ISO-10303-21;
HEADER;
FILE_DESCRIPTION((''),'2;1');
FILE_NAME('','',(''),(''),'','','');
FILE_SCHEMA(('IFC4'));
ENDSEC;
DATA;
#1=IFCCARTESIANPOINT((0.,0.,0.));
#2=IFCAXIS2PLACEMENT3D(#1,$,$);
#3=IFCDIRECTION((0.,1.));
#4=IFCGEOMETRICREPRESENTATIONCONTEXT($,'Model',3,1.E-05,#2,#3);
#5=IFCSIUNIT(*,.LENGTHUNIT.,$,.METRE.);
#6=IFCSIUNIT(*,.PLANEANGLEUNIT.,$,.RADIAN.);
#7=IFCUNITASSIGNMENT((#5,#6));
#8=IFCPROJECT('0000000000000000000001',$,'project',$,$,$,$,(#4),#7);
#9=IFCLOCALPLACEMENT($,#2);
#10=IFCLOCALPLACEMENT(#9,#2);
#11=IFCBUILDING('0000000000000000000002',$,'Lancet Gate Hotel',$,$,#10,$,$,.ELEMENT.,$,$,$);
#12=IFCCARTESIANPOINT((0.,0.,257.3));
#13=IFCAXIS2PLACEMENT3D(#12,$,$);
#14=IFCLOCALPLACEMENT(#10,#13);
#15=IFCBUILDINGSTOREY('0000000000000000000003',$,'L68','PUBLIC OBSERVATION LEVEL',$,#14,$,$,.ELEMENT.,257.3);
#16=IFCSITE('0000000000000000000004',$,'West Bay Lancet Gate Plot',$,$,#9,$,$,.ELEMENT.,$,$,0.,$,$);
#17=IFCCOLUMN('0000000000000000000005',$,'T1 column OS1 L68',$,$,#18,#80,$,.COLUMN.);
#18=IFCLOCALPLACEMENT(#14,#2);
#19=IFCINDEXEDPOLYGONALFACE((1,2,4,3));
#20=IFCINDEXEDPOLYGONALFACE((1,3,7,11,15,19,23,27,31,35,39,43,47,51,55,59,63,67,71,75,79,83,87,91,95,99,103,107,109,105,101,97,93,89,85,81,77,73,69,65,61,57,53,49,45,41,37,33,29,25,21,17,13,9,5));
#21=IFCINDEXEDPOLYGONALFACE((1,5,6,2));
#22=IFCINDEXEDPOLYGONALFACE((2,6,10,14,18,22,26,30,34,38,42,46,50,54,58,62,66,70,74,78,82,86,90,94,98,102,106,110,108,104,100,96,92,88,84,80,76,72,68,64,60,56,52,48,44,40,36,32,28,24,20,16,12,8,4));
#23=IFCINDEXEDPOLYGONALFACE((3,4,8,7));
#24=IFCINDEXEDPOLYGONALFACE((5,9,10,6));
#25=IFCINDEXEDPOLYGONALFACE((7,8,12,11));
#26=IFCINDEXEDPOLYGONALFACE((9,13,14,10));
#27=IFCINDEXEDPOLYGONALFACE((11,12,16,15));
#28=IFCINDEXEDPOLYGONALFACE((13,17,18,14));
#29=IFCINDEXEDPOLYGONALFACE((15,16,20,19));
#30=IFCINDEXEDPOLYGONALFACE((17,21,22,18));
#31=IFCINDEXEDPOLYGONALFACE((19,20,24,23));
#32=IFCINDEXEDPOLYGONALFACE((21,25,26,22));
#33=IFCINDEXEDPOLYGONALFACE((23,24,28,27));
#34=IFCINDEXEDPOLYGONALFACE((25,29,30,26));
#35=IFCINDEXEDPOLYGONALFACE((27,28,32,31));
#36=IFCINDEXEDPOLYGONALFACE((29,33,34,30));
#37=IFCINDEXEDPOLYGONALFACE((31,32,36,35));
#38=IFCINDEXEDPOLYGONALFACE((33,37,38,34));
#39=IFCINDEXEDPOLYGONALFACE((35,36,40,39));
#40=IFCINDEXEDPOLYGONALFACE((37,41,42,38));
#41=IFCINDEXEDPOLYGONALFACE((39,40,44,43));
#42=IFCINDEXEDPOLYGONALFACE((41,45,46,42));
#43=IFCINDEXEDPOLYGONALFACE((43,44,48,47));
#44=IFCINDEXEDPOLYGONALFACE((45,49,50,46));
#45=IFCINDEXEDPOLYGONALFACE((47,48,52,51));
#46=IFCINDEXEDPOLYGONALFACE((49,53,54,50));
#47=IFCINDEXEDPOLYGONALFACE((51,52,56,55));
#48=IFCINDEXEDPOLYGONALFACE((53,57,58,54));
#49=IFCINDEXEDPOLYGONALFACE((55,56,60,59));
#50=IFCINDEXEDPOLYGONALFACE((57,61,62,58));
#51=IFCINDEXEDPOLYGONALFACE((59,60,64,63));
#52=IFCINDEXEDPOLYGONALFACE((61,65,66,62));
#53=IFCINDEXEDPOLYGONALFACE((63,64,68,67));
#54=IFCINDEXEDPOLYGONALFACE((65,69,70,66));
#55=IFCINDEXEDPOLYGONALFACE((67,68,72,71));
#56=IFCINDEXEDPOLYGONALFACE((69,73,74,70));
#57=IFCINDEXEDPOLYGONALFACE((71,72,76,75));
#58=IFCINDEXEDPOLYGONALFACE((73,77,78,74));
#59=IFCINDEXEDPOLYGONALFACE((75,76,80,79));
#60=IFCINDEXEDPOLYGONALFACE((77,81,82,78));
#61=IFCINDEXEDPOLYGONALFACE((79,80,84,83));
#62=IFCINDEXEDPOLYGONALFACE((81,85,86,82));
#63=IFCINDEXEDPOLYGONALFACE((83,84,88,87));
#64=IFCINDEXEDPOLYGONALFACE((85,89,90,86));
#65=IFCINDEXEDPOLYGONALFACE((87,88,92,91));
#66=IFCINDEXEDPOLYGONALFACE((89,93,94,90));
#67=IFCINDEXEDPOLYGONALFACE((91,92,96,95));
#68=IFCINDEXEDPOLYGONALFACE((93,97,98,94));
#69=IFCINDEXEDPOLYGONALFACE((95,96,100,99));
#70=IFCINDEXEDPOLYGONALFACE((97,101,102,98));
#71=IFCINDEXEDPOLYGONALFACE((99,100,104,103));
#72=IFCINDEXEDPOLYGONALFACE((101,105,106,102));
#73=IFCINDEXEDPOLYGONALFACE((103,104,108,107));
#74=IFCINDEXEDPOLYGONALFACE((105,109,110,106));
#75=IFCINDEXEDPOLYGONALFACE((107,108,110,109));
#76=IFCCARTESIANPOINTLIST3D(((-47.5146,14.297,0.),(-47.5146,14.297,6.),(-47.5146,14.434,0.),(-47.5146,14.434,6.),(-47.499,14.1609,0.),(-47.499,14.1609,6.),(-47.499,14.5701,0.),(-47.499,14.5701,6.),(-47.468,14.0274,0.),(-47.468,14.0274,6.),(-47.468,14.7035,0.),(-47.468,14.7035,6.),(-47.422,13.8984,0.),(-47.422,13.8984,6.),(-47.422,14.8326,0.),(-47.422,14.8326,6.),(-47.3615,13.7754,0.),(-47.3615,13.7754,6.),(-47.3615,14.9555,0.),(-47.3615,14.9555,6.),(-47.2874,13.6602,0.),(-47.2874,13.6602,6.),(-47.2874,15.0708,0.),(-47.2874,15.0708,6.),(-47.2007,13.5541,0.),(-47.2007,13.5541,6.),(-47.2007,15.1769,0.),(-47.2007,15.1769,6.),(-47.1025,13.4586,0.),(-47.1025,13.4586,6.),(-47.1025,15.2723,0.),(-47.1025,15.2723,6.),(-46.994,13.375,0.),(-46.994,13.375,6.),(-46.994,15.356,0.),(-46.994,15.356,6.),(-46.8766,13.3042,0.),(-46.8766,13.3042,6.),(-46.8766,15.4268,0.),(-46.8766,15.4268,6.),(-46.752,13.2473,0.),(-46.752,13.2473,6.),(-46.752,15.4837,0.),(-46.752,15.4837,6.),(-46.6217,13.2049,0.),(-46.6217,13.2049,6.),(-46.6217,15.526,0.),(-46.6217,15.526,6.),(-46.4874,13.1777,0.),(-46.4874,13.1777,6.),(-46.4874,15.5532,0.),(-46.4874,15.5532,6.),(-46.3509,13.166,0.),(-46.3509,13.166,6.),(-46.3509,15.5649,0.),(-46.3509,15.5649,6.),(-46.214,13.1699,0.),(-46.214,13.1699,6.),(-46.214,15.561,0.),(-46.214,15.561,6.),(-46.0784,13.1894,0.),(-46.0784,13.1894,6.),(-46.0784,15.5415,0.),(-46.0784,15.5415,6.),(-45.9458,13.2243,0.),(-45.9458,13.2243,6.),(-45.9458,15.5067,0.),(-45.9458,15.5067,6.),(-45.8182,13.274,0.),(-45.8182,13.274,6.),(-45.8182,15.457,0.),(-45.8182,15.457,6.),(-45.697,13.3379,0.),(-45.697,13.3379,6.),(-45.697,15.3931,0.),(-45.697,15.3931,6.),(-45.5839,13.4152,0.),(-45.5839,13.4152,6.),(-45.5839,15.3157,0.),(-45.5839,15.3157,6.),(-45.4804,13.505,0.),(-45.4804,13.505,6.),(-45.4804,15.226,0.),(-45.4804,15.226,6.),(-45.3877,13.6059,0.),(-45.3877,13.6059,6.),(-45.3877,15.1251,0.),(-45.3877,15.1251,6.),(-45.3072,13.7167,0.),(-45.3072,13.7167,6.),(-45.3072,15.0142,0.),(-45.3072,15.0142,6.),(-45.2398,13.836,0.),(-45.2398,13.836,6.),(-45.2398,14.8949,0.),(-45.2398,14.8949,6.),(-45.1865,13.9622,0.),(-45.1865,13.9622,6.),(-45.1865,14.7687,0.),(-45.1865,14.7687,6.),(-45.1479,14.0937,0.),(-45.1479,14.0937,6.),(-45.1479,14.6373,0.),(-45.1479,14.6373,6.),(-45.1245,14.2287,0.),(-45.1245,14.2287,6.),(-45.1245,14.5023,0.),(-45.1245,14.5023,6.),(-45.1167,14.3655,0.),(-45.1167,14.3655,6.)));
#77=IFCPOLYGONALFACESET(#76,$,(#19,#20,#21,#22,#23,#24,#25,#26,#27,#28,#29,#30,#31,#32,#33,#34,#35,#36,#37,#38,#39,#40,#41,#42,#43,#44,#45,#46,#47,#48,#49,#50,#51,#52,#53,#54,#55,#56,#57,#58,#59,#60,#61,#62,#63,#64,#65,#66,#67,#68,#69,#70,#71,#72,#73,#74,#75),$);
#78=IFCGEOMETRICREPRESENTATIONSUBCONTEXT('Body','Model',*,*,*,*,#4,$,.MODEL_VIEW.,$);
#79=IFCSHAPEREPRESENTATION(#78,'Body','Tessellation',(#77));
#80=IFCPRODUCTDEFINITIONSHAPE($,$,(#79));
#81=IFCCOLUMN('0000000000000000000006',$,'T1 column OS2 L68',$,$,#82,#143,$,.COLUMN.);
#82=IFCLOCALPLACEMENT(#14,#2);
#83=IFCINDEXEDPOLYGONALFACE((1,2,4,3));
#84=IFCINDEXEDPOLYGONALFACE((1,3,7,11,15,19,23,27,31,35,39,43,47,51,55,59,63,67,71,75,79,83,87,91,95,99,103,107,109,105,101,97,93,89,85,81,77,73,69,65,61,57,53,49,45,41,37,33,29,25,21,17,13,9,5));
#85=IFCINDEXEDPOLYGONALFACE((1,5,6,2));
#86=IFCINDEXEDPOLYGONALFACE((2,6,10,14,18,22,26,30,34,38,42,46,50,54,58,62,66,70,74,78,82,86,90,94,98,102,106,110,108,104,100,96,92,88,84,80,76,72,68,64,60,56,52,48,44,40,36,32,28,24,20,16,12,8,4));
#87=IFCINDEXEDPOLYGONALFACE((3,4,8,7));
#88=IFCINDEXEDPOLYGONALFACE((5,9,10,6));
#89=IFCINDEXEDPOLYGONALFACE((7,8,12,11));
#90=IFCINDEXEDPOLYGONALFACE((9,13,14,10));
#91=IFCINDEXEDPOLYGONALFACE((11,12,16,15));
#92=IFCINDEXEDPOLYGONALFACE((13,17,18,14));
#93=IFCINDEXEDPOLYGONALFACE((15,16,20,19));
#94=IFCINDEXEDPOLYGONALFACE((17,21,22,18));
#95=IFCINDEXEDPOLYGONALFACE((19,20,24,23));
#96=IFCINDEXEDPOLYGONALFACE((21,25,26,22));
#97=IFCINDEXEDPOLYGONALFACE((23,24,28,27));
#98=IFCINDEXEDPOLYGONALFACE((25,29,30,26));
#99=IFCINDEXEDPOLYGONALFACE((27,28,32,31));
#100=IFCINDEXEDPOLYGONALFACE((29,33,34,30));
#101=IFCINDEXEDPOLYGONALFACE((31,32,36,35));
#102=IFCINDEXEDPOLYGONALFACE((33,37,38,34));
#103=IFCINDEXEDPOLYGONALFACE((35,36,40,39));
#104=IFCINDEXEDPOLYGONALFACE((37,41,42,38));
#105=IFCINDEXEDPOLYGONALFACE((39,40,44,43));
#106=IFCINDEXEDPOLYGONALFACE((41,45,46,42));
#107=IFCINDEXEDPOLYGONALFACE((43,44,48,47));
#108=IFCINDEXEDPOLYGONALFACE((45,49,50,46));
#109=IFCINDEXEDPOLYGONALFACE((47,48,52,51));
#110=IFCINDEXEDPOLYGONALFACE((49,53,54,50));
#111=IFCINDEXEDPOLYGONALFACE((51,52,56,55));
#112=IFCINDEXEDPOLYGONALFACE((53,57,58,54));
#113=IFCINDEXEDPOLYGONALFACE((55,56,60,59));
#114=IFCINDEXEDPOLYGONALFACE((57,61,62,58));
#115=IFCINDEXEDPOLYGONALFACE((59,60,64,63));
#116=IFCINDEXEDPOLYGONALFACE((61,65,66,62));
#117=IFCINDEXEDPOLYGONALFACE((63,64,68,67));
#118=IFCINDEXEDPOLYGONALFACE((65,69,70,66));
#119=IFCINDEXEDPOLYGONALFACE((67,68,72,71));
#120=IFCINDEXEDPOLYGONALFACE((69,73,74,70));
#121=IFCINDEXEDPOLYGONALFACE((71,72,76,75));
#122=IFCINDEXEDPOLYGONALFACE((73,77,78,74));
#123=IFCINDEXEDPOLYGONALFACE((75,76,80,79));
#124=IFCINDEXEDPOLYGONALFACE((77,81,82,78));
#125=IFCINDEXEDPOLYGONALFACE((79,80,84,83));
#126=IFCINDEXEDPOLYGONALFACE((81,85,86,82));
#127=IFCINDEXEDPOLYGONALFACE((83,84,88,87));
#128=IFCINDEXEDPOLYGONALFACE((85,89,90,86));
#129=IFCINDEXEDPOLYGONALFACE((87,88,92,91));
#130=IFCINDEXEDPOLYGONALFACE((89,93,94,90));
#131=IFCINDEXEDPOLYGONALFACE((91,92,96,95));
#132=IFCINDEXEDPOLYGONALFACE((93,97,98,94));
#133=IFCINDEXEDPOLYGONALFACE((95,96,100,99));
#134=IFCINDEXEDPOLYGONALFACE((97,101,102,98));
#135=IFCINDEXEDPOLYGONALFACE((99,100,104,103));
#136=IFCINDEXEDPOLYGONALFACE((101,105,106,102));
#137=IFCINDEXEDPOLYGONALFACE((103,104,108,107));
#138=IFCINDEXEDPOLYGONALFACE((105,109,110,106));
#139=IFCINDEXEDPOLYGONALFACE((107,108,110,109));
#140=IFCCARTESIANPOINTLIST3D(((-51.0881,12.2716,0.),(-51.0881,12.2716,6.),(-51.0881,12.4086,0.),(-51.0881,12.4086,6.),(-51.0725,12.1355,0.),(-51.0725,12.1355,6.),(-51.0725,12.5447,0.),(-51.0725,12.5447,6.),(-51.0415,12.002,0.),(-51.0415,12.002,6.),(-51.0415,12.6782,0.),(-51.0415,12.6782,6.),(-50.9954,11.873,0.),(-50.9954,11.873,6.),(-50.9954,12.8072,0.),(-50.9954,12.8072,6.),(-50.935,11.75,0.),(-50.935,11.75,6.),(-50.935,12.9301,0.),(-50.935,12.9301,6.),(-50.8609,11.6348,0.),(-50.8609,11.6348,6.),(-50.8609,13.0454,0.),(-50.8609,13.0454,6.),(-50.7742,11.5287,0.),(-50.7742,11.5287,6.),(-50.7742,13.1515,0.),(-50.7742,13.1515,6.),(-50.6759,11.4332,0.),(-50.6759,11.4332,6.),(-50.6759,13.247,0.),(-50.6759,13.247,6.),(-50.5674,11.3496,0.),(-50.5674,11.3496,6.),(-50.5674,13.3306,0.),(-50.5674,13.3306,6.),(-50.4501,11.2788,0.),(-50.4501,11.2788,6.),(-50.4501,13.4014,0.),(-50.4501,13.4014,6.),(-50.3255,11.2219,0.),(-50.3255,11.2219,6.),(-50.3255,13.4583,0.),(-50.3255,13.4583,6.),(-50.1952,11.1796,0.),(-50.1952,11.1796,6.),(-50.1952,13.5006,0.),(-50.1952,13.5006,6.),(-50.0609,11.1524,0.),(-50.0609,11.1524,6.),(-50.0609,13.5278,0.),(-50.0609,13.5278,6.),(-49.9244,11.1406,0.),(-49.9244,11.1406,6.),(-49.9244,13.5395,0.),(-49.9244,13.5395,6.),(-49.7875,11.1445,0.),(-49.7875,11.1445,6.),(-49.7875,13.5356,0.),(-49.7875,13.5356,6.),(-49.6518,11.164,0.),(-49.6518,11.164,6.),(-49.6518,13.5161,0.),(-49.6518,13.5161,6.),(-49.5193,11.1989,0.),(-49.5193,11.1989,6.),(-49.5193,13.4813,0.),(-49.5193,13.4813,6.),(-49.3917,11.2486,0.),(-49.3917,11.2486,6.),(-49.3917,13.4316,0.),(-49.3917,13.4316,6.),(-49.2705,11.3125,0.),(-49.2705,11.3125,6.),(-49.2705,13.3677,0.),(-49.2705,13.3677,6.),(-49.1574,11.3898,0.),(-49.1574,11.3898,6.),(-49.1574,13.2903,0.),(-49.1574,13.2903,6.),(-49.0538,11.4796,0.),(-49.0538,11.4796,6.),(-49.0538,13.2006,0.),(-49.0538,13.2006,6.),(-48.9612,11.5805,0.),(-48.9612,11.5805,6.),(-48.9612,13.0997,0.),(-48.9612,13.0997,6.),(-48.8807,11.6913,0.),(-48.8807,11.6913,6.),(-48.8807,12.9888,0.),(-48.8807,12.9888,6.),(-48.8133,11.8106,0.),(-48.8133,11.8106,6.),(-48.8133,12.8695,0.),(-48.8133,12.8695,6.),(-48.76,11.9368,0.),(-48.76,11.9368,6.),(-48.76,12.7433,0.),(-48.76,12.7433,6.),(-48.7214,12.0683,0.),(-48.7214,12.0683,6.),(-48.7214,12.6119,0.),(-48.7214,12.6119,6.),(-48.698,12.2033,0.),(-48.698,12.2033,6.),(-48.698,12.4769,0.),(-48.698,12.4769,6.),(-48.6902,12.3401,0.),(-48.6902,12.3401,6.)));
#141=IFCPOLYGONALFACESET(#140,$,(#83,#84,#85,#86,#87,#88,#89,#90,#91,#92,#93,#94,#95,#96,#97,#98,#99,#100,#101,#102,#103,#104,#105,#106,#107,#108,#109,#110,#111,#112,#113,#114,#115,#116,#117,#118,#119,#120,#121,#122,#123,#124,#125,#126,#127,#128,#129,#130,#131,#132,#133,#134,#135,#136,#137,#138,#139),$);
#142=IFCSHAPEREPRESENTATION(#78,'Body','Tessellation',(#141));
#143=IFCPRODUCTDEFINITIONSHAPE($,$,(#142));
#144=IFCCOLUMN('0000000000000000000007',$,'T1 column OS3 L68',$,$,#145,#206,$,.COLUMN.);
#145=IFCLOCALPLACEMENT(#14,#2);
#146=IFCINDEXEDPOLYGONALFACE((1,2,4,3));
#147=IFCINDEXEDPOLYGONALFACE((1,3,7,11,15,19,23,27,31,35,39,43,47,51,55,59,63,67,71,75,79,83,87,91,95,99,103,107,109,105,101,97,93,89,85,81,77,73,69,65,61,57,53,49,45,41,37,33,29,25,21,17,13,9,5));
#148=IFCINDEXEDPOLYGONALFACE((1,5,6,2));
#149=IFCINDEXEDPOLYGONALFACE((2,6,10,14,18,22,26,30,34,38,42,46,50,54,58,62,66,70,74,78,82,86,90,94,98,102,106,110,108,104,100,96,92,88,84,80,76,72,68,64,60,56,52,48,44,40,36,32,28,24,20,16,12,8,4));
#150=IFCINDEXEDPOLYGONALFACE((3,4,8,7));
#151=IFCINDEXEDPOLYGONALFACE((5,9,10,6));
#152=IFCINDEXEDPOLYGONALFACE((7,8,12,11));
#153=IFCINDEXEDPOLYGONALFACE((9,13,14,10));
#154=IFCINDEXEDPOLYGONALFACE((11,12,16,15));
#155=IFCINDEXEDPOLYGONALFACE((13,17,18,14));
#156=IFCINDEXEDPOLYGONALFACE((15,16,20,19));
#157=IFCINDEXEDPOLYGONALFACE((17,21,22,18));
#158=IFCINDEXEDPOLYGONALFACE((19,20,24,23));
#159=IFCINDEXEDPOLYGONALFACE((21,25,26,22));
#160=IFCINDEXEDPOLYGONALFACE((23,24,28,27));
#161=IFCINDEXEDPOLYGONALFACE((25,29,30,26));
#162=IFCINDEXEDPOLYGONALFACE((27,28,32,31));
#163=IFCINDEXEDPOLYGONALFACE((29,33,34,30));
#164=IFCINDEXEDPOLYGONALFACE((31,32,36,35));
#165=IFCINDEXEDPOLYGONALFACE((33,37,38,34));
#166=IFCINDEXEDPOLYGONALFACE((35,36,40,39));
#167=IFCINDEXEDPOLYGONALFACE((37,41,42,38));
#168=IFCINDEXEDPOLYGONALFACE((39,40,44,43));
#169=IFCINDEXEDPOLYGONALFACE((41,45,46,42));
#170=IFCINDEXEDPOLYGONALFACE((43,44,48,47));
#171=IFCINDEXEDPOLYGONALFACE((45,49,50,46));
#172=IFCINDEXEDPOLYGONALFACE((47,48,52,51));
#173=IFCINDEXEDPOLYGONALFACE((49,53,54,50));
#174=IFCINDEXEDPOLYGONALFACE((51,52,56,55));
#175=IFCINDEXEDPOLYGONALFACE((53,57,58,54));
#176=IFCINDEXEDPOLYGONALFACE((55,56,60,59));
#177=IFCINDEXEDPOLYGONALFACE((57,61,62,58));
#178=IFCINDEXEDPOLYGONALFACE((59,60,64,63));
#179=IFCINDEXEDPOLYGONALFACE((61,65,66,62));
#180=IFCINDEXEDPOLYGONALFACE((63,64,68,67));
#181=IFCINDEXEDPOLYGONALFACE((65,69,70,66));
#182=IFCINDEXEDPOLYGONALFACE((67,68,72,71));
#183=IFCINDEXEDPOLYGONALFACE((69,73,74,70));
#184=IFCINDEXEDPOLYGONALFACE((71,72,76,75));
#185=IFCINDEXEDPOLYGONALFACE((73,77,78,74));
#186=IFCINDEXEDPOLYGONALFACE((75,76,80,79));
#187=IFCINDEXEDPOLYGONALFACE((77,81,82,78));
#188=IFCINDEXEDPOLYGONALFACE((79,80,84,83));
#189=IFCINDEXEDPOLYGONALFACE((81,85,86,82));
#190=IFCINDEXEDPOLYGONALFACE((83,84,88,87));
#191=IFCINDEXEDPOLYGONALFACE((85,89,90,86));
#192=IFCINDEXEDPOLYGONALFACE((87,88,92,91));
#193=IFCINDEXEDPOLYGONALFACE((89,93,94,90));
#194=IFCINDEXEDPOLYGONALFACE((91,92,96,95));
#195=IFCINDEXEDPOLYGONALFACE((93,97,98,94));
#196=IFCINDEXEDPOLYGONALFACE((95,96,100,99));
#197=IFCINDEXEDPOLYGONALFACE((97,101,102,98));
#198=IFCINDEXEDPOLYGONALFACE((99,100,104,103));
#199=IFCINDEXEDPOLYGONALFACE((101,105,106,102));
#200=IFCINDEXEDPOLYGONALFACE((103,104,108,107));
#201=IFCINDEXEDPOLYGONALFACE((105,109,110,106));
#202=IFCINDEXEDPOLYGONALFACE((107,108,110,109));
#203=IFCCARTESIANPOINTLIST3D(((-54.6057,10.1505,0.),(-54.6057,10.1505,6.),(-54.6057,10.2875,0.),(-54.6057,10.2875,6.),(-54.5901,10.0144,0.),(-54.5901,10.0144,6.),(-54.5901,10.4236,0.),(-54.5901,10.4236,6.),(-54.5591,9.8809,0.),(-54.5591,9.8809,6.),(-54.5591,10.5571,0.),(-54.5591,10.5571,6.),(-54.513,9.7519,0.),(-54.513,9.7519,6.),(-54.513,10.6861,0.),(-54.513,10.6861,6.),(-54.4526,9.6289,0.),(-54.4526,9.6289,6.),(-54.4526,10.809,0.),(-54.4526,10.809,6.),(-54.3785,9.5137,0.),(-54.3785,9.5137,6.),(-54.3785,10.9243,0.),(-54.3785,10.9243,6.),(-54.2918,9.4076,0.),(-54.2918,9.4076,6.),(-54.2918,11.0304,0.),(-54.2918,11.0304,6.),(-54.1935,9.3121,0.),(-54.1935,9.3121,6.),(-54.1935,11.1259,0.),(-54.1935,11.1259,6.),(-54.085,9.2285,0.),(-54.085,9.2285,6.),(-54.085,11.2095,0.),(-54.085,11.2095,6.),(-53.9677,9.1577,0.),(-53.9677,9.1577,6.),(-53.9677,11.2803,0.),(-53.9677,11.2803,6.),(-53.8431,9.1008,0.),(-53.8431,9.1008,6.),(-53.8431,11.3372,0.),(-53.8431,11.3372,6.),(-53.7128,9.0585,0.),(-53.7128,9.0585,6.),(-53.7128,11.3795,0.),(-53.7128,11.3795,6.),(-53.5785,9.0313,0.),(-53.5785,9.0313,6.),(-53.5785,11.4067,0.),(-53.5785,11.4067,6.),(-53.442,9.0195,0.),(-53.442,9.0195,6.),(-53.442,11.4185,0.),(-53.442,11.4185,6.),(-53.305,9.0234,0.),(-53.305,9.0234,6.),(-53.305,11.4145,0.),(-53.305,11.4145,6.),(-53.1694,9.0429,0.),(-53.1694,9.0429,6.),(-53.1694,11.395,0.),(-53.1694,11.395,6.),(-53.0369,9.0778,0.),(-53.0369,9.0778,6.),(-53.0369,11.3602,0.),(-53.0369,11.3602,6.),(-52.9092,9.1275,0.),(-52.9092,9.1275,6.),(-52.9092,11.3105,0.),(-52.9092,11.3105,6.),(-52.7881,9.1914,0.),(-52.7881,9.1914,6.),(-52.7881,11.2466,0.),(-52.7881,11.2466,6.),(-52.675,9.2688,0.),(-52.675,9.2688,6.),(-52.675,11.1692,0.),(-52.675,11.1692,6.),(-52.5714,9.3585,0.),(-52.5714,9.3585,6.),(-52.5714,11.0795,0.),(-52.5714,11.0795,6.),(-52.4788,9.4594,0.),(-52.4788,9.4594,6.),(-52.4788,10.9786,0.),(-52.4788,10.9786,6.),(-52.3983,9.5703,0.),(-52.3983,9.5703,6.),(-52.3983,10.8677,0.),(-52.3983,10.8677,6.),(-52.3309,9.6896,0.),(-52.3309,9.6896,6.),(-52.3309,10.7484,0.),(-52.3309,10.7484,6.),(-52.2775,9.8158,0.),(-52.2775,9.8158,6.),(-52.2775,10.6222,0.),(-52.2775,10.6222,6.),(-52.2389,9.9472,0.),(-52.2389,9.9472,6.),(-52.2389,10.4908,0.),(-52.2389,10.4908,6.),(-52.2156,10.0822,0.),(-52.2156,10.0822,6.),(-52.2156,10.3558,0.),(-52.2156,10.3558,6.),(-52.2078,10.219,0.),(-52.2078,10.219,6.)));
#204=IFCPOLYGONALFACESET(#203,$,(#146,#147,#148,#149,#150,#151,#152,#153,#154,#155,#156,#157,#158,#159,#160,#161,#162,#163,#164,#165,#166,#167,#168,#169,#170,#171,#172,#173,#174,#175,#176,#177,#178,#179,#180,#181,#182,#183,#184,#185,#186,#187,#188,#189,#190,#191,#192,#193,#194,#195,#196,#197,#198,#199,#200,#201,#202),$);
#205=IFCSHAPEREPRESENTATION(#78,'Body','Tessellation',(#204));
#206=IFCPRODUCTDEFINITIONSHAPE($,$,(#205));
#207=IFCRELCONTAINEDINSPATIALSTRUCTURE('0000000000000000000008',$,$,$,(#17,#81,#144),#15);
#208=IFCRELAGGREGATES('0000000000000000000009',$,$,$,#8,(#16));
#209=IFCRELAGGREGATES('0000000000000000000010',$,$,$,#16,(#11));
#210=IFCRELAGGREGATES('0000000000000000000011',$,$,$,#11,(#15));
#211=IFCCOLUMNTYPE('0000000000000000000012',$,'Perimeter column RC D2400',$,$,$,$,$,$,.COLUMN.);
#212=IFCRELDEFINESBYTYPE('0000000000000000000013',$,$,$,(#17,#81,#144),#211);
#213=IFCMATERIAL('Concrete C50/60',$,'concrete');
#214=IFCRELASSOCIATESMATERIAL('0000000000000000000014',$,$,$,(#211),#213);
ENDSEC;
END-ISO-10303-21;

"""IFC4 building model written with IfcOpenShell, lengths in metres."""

from ifc_helpers import new_model, si_unit, direction, frame, origin, origin_2d, place, context, subcontext, project, spatial, circle, extrude, material, material_profile, profile_set, type_object, element, save


model = new_model("IFC4")

# Units and contexts
model_context = context("Model", 3, precision=1e-05, world=origin(), true_north=direction((0.0, 1.0)))
body_context = subcontext(model_context, "Body", "Model", "MODEL_VIEW")
ifc_project = project(units=[si_unit("LENGTHUNIT", "METRE"), si_unit("PLANEANGLEUNIT", "RADIAN")], contexts=[model_context])

# Site, building, storey
site_placement = place(None, origin())
site = spatial("IfcSite", under=ifc_project, at=site_placement, Name="West Bay Lancet Gate Plot", CompositionType="ELEMENT", RefElevation=0.0)
building_placement = place(site_placement, origin())
building = spatial("IfcBuilding", under=site, at=building_placement, Name="Lancet Gate Hotel", CompositionType="ELEMENT")
storey_placement = place(building_placement, frame((0.0, 0.0, 257.3)))
storey = spatial("IfcBuildingStorey", under=building, at=storey_placement, Name="L68", Description="PUBLIC OBSERVATION LEVEL", CompositionType="ELEMENT", Elevation=257.3)

# Columns
ifc_material_1 = material(Name="Concrete C50/60", Category="concrete")
ifc_material_profile_1 = material_profile(ifc_material_1, circle(Radius=1.2, at=origin_2d()), Name="RC D2400")
ifc_profile_set_1 = profile_set([ifc_material_profile_1], Name="Concrete C50/60")
column_type = type_object("IfcColumnType", Name="Perimeter column RC D2400", PredefinedType="COLUMN", material=ifc_profile_set_1)
for number, where, z_axis, x_axis, name in (
    (1, (-46.3167, 14.3655, 0.0), (0.0, 0.0, 1.0), (1.0, 0.0, 0.0), "T1 column OS1 L68"),
    (2, (-49.8901, 12.3401, 0.0), (0.0, 0.0, 1.0), (1.0, 0.0, 0.0), "T1 column OS2 L68"),
    (3, (-53.4077, 10.219, 0.0), (0.0, 0.0, 1.0), (1.0, 0.0, 0.0), "T1 column OS3 L68"),
):
    element("IfcColumn", number, at=place(storey_placement, frame(where, z_axis=z_axis, x_axis=x_axis)), inside=storey, type_object=column_type, Name=name, PredefinedType="COLUMN", context=body_context, shape_type="SweptSolid", body=[
        extrude(circle(Radius=1.2, at=origin_2d()), origin(), (0.0, 0.0, 1.0), 6.0),
    ])

save(model, "model.ifc")
